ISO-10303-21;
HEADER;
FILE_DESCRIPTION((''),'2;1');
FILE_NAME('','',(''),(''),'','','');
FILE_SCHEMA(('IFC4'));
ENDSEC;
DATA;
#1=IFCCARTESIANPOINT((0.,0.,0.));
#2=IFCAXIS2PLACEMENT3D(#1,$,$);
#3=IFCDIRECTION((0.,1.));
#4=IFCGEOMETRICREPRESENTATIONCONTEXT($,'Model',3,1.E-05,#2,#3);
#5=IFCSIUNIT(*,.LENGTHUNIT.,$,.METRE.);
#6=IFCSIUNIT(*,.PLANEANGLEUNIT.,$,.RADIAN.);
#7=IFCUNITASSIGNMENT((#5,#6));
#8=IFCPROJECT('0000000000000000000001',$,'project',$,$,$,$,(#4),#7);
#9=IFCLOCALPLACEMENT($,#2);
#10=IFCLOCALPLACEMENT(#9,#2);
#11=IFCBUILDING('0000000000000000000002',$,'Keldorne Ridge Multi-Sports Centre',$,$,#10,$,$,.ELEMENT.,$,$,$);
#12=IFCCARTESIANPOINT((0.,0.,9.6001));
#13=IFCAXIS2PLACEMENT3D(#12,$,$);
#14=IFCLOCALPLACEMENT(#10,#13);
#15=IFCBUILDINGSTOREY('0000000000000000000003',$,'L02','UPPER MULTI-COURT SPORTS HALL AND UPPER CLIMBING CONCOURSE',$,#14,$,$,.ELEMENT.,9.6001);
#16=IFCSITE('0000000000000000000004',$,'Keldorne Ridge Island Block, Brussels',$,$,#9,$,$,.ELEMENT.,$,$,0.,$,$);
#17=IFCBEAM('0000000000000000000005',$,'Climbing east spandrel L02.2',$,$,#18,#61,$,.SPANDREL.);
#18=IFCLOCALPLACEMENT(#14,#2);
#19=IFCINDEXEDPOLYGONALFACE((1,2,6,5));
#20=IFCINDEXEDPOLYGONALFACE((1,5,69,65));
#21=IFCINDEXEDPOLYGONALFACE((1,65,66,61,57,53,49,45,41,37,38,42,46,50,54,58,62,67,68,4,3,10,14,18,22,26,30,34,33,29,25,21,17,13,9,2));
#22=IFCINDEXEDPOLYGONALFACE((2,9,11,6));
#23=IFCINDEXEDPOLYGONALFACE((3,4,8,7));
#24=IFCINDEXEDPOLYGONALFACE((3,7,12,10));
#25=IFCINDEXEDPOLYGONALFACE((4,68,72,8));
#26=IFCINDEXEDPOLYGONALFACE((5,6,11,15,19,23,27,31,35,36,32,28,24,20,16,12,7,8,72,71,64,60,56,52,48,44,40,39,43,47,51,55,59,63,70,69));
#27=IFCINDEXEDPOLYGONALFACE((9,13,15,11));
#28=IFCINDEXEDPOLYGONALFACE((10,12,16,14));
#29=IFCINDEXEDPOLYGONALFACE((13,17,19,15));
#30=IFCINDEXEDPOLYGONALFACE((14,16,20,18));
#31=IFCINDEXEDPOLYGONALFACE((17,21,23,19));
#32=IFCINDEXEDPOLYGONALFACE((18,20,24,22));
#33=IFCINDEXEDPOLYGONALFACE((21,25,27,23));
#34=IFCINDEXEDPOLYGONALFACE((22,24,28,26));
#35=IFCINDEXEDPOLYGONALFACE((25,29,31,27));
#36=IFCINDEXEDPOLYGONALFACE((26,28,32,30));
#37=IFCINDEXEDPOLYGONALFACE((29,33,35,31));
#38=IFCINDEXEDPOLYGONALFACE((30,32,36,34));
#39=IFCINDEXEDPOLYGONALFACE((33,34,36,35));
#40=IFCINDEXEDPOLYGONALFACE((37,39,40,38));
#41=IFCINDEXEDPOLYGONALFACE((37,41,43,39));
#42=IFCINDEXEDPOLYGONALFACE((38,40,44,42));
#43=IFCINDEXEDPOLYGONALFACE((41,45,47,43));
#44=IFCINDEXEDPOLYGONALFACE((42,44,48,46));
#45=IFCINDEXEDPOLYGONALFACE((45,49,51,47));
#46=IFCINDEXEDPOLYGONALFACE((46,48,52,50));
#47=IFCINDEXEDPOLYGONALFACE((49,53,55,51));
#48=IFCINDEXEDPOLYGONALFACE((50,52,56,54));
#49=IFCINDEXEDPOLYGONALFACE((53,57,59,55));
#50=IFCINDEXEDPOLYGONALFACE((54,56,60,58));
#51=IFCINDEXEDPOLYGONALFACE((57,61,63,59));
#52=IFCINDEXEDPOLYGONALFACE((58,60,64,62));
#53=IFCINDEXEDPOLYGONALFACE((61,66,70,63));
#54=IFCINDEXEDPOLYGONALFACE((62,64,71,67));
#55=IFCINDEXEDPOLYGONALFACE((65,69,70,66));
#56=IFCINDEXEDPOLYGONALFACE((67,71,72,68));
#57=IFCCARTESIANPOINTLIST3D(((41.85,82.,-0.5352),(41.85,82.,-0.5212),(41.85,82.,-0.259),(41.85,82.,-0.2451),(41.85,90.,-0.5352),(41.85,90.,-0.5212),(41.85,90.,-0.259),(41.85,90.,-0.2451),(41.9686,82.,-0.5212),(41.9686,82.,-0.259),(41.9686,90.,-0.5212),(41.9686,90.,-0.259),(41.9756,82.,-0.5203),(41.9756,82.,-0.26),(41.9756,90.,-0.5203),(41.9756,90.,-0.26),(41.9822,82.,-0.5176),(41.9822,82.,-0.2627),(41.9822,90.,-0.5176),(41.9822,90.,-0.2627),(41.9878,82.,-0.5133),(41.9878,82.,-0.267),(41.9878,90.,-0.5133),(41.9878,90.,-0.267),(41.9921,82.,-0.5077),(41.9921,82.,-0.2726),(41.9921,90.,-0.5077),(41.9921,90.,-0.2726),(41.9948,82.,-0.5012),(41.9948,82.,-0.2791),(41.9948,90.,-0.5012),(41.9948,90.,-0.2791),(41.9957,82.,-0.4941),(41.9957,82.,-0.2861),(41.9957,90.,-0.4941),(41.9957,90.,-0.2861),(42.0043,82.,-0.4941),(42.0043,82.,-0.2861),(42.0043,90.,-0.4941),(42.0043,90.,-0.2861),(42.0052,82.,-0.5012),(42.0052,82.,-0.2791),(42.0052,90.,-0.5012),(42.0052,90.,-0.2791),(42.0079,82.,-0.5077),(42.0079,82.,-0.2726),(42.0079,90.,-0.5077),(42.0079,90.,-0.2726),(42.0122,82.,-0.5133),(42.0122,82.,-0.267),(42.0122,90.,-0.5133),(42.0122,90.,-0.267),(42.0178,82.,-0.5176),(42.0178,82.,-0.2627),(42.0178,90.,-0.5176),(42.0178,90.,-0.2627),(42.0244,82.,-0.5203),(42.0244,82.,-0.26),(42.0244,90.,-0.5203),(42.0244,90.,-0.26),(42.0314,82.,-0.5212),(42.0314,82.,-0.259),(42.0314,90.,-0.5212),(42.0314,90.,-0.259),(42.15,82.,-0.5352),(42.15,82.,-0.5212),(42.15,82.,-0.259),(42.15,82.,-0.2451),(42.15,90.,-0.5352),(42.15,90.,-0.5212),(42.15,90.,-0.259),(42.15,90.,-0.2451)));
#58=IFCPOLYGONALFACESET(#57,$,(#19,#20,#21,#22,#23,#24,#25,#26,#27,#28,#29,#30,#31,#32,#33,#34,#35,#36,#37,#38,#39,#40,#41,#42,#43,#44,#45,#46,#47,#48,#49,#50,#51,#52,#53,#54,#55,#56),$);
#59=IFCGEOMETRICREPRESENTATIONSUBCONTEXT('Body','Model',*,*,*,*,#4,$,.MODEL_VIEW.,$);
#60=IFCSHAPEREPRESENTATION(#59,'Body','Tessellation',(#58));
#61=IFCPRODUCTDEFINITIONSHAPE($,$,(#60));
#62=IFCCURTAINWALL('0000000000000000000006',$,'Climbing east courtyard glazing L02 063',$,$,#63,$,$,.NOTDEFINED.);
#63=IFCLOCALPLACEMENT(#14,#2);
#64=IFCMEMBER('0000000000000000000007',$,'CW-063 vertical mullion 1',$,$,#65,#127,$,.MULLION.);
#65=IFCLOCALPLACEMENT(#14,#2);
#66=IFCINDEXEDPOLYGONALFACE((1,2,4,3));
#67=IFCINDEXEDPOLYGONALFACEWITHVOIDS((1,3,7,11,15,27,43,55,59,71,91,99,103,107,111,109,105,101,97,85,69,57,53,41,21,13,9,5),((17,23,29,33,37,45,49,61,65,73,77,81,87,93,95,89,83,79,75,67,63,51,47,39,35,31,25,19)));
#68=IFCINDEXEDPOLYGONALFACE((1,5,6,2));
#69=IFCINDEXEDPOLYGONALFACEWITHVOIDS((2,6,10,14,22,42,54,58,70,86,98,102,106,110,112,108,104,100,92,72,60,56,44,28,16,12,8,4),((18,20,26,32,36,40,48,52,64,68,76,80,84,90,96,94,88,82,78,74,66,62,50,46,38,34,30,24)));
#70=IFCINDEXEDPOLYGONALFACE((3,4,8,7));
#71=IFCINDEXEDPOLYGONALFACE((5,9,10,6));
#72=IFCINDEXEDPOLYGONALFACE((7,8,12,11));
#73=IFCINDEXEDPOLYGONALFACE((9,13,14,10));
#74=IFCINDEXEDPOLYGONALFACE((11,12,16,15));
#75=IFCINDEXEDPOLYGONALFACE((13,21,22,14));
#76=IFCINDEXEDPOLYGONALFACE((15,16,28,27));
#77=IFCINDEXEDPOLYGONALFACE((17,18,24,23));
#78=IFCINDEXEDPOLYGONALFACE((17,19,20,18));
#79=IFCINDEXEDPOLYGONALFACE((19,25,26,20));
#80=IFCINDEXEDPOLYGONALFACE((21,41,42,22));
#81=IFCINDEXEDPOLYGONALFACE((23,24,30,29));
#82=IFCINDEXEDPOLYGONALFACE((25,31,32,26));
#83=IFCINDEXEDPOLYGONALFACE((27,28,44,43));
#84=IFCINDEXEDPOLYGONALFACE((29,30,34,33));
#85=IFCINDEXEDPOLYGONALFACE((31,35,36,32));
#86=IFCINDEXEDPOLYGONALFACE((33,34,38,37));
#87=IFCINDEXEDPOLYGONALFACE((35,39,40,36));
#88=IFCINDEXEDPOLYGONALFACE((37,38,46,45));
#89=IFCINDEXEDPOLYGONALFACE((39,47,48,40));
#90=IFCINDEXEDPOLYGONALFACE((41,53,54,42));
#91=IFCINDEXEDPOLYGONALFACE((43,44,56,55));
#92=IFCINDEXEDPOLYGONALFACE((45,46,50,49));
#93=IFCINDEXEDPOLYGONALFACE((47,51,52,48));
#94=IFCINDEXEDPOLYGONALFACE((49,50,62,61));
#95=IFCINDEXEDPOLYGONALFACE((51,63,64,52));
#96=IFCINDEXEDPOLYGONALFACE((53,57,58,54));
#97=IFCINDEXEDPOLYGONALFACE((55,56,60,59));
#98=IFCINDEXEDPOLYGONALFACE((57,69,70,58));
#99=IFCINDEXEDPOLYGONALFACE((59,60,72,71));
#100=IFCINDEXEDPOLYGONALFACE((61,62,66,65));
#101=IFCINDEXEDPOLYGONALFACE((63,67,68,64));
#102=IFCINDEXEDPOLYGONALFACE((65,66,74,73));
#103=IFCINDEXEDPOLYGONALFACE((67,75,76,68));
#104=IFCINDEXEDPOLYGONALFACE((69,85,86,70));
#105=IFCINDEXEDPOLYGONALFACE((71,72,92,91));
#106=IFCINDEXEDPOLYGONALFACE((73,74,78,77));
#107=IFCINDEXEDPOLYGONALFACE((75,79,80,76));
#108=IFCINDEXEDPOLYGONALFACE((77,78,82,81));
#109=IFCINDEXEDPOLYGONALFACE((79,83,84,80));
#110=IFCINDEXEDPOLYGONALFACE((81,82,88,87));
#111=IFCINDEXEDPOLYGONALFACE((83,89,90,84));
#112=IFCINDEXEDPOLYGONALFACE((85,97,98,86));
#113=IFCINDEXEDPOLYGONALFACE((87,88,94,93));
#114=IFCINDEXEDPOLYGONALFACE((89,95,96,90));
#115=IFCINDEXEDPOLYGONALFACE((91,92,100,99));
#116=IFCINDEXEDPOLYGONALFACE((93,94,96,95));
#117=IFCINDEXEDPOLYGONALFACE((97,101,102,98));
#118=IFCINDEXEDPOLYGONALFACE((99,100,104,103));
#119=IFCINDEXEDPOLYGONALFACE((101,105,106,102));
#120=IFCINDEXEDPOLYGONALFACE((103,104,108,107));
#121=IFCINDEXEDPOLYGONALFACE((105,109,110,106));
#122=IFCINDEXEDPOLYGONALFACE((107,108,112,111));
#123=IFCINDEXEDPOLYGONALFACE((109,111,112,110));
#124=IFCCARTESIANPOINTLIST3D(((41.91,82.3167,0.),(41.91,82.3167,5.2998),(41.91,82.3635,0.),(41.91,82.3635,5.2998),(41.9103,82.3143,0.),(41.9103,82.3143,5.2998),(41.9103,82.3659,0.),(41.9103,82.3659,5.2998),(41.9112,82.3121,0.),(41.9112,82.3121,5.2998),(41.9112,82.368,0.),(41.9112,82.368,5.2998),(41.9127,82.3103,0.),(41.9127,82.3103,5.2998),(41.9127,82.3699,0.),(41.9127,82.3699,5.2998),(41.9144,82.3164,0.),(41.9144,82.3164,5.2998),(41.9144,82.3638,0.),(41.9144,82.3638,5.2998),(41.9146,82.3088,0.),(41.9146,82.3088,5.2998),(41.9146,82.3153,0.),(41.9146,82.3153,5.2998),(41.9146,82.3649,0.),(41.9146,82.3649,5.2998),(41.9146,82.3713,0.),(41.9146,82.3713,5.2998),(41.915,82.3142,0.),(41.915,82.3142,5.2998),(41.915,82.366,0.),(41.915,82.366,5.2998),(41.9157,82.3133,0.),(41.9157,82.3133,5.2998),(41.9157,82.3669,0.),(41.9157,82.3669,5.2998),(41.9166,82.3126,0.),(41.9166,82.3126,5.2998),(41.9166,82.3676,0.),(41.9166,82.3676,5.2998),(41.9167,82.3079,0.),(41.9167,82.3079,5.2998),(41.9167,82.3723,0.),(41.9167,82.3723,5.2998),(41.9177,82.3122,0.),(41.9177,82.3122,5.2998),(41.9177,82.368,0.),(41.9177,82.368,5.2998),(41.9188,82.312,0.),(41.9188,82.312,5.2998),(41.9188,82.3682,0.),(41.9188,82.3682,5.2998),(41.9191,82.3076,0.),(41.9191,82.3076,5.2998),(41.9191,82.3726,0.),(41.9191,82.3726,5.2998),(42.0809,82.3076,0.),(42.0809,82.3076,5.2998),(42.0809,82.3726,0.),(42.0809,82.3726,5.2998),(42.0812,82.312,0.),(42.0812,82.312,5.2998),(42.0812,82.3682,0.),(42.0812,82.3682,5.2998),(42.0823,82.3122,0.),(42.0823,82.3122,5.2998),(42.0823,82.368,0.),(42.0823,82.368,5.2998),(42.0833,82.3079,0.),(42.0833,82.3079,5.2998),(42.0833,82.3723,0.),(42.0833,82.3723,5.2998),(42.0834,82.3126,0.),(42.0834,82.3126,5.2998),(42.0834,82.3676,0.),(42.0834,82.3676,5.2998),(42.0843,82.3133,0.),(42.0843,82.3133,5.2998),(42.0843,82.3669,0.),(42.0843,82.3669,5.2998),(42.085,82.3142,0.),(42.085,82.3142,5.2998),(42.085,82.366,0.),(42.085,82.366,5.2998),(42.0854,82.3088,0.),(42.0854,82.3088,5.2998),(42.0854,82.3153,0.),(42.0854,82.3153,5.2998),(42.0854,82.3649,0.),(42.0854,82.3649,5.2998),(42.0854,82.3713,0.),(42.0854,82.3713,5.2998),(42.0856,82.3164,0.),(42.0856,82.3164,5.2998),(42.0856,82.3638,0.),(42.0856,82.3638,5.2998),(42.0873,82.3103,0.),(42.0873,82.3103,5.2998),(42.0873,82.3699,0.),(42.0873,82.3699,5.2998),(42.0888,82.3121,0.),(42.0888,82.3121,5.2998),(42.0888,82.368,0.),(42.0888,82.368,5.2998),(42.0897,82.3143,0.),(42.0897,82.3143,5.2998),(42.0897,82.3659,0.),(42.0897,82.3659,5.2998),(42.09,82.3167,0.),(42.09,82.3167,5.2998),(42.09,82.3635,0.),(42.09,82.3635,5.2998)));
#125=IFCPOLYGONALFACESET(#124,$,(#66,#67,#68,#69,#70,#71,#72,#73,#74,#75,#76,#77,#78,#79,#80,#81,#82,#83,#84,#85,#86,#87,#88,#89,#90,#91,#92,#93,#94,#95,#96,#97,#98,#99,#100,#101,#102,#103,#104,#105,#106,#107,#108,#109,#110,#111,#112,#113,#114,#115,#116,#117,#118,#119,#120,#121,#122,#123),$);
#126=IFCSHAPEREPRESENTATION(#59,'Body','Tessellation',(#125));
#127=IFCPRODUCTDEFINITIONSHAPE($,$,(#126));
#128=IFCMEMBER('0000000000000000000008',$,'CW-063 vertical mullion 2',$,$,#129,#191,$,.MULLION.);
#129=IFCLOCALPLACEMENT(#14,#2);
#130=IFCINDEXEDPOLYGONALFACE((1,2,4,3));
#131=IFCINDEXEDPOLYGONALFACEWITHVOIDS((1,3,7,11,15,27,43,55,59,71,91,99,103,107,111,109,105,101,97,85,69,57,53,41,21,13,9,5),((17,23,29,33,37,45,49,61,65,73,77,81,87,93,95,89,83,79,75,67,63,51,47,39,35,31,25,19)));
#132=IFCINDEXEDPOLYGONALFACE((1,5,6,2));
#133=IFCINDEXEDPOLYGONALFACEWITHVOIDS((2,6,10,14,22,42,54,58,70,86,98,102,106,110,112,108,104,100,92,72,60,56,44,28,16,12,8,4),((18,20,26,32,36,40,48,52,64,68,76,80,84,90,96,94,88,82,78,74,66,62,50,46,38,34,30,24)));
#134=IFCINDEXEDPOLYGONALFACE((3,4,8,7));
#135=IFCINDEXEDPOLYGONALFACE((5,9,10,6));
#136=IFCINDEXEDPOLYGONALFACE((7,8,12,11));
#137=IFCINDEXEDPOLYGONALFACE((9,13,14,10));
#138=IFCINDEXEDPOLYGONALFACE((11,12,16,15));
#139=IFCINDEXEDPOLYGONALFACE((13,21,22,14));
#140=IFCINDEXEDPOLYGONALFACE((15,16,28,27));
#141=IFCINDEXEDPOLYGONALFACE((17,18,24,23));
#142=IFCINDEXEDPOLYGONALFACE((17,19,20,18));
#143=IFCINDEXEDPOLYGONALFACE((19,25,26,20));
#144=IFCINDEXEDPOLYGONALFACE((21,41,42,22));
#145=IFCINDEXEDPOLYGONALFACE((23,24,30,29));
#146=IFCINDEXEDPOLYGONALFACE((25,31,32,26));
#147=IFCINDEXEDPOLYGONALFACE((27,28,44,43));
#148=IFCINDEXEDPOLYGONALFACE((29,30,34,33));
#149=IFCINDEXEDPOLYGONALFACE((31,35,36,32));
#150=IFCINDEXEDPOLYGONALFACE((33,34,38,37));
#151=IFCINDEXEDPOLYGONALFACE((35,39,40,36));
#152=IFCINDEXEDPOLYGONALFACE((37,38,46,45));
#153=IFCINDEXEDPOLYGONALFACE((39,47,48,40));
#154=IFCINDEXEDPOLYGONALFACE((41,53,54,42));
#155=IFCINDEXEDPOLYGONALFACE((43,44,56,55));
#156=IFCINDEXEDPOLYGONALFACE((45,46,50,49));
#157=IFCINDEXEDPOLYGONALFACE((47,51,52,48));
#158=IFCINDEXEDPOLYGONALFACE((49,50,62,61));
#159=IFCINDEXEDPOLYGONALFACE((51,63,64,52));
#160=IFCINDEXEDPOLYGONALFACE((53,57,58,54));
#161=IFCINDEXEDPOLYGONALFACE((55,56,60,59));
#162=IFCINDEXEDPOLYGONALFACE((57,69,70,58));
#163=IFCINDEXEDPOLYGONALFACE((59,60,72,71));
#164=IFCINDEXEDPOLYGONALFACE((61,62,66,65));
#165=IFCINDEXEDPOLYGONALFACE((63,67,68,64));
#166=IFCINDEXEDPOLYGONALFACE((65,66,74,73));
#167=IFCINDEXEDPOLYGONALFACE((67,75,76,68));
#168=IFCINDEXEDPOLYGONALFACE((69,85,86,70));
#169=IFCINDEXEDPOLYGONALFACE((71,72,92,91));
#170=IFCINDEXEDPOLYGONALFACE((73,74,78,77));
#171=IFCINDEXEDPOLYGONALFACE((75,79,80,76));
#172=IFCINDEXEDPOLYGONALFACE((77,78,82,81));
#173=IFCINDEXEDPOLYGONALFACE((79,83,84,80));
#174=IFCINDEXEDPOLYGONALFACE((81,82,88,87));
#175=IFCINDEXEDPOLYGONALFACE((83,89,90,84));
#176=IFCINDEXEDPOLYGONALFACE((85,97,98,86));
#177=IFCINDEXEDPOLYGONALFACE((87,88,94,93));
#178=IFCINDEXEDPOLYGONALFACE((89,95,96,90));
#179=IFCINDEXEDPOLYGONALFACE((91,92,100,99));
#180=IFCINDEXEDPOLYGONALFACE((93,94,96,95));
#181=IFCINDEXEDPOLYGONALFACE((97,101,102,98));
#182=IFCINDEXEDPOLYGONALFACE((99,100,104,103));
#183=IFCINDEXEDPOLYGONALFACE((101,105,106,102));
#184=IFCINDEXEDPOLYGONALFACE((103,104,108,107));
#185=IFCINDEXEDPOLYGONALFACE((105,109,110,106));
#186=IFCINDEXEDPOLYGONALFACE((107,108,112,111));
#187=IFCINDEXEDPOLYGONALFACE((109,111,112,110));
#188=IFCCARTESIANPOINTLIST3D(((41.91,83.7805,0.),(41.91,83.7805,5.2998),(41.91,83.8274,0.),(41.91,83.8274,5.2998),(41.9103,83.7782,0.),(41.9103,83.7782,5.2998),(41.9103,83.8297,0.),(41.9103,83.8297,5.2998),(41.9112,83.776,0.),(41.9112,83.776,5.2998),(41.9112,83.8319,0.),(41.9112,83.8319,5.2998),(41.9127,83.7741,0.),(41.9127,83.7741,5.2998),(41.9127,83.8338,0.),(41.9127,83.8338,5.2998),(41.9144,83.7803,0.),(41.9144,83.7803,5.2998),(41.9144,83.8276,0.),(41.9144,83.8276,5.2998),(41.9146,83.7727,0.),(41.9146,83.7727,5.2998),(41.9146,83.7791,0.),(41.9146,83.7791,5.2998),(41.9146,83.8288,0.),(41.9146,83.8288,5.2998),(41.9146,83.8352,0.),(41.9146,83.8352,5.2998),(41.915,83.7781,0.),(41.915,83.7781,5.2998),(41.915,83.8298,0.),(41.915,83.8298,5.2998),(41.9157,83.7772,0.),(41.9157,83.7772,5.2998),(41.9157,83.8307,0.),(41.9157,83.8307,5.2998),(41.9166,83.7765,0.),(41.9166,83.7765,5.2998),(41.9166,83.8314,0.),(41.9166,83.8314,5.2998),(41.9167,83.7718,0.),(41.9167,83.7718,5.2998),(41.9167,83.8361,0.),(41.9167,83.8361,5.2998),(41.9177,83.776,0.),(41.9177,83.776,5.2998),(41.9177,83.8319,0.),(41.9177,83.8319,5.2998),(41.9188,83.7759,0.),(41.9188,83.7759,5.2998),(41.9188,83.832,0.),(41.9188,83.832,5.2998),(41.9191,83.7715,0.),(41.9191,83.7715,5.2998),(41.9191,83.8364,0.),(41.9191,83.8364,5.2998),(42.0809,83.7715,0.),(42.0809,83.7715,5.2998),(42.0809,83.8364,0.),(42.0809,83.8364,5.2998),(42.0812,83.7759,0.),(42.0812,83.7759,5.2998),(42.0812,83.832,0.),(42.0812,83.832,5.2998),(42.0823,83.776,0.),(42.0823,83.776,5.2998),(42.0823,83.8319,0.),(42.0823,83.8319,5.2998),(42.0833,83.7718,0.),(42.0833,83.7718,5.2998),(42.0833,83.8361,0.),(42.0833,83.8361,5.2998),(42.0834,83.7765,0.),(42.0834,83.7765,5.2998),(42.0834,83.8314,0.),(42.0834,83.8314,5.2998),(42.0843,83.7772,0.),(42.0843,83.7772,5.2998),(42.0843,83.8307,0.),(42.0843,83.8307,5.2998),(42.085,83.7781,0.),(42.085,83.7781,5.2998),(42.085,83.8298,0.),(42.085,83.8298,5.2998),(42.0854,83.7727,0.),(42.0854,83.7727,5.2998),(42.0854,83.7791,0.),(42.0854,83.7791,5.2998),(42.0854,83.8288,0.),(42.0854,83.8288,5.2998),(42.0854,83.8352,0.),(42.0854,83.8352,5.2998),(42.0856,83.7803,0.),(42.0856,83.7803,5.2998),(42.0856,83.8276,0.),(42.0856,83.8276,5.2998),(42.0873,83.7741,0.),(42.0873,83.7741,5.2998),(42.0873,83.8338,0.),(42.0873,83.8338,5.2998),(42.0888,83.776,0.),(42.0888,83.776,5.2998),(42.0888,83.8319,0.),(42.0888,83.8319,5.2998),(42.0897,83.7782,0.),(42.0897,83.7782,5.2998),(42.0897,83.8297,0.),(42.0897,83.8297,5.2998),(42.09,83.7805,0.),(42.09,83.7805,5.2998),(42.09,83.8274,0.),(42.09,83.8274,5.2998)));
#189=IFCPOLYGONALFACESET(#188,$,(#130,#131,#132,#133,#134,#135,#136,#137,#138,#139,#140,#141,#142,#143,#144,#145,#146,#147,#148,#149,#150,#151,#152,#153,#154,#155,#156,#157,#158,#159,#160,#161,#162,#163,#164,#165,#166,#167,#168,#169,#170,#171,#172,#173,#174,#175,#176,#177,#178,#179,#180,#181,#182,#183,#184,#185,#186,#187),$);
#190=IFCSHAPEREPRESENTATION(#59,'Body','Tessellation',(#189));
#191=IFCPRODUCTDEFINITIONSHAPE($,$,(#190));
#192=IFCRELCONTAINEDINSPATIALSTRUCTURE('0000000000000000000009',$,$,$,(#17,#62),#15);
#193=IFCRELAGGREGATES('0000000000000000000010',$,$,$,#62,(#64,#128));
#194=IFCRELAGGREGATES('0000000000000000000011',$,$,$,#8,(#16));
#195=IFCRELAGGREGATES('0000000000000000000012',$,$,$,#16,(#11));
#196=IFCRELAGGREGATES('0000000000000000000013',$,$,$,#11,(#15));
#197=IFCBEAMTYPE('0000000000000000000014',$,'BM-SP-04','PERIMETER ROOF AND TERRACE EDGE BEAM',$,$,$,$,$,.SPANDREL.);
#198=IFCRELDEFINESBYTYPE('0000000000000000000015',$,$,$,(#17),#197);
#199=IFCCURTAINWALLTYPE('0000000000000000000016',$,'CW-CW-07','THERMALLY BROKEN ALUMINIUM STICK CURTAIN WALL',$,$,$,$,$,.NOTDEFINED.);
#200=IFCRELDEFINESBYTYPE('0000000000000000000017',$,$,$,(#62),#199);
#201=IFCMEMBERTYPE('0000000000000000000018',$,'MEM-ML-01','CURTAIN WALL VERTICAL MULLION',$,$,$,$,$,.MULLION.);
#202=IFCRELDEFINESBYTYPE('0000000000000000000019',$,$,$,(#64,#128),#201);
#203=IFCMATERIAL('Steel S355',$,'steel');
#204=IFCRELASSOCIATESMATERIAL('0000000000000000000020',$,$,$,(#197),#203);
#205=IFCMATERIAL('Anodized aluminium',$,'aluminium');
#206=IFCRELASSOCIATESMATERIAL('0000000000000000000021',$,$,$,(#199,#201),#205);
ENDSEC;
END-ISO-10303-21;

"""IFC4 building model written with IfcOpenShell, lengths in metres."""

from ifc_helpers import new_model, si_unit, direction, frame, origin, origin_2d, place, context, subcontext, project, spatial, hollow_rectangle, i_section, extrude, material, material_profile, profile_set, type_object, element, aggregate, save


model = new_model("IFC4")

# Units and contexts
model_context = context("Model", 3, precision=1e-05, world=origin(), true_north=direction((0.0, 1.0)))
body_context = subcontext(model_context, "Body", "Model", "MODEL_VIEW")
ifc_project = project(units=[si_unit("LENGTHUNIT", "METRE"), si_unit("PLANEANGLEUNIT", "RADIAN")], contexts=[model_context])

# Site, building, storey
site_placement = place(None, origin())
site = spatial("IfcSite", under=ifc_project, at=site_placement, Name="Keldorne Ridge Island Block, Brussels", CompositionType="ELEMENT", RefElevation=0.0)
building_placement = place(site_placement, origin())
building = spatial("IfcBuilding", under=site, at=building_placement, Name="Keldorne Ridge Multi-Sports Centre", CompositionType="ELEMENT")
storey_placement = place(building_placement, frame((0.0, 0.0, 9.6001)))
storey = spatial("IfcBuildingStorey", under=building, at=storey_placement, Name="L02", Description="UPPER MULTI-COURT SPORTS HALL AND UPPER CLIMBING CONCOURSE", CompositionType="ELEMENT", Elevation=9.6001)

# Beam
ifc_material_1 = material(Name="Steel S355", Category="steel")
ifc_material_profile_1 = material_profile(ifc_material_1, i_section(OverallWidth=0.3, OverallDepth=0.29, WebThickness=0.0085, FlangeThickness=0.0139, FilletRadius=0.0271, at=origin_2d()), Name="HEA 300")
ifc_profile_set_1 = profile_set([ifc_material_profile_1], Name="Steel S355")
beam_type = type_object("IfcBeamType", Name="BM-SP-04", Description="PERIMETER ROOF AND TERRACE EDGE BEAM", PredefinedType="SPANDREL", material=ifc_profile_set_1)
beam_placement = place(storey_placement, frame((42.0, 82.0, -0.3901), z_axis=(0.0, 1.0, 0.0), x_axis=(-1.0, 0.0, 0.0)))
element("IfcBeam", 1, at=beam_placement, inside=storey, type_object=beam_type, Name="Climbing east spandrel L02.2", PredefinedType="SPANDREL", context=body_context, shape_type="SweptSolid", body=[
    extrude(i_section(OverallWidth=0.3, OverallDepth=0.29, WebThickness=0.0085, FlangeThickness=0.0139, FilletRadius=0.0271, at=origin_2d()), origin(), (0.0, 0.0, 1.0), 8.0),
])

# Curtain wall, members
ifc_material_2 = material(Name="Anodized aluminium", Category="aluminium")
curtain_wall_type = type_object("IfcCurtainWallType", Name="CW-CW-07", Description="THERMALLY BROKEN ALUMINIUM STICK CURTAIN WALL", PredefinedType="NOTDEFINED", material=ifc_material_2)
curtain_wall_placement = place(storey_placement, origin())
curtain_wall = element("IfcCurtainWall", 2, at=curtain_wall_placement, inside=storey, type_object=curtain_wall_type, Name="Climbing east courtyard glazing L02 063", PredefinedType="NOTDEFINED")
ifc_material_profile_2 = material_profile(ifc_material_2, hollow_rectangle(XDim=0.0649, YDim=0.1799, WallThickness=0.0044, InnerFilletRadius=0.0044, OuterFilletRadius=0.009, at=origin_2d()), Name="ALU MULLION 180x65x4.5")
ifc_profile_set_2 = profile_set([ifc_material_profile_2], Name="Anodized aluminium")
member_type_1 = type_object("IfcMemberType", Name="MEM-ML-01", Description="CURTAIN WALL VERTICAL MULLION", PredefinedType="MULLION", material=ifc_profile_set_2)
member_1_placement = place(storey_placement, frame((42.0, 82.3401, 0.0), z_axis=(0.0, 0.0, 1.0), x_axis=(0.0, 1.0, 0.0)))
member_1 = element("IfcMember", 3, at=member_1_placement, type_object=member_type_1, Name="CW-063 vertical mullion 1", PredefinedType="MULLION", context=body_context, shape_type="SweptSolid", body=[
    extrude(hollow_rectangle(XDim=0.0649, YDim=0.1799, WallThickness=0.0044, InnerFilletRadius=0.0044, OuterFilletRadius=0.009, at=origin_2d()), origin(), (0.0, 0.0, 1.0), 5.2998),
])
member_2_placement = place(storey_placement, frame((42.0, 83.804, 0.0), z_axis=(0.0, 0.0, 1.0), x_axis=(0.0, 1.0, 0.0)))
member_2 = element("IfcMember", 4, at=member_2_placement, type_object=member_type_1, Name="CW-063 vertical mullion 2", PredefinedType="MULLION", context=body_context, shape_type="SweptSolid", body=[
    extrude(hollow_rectangle(XDim=0.0649, YDim=0.1799, WallThickness=0.0044, InnerFilletRadius=0.0044, OuterFilletRadius=0.009, at=origin_2d()), origin(), (0.0, 0.0, 1.0), 5.2998),
])
aggregate(curtain_wall, [member_1, member_2])

save(model, "model.ifc")
